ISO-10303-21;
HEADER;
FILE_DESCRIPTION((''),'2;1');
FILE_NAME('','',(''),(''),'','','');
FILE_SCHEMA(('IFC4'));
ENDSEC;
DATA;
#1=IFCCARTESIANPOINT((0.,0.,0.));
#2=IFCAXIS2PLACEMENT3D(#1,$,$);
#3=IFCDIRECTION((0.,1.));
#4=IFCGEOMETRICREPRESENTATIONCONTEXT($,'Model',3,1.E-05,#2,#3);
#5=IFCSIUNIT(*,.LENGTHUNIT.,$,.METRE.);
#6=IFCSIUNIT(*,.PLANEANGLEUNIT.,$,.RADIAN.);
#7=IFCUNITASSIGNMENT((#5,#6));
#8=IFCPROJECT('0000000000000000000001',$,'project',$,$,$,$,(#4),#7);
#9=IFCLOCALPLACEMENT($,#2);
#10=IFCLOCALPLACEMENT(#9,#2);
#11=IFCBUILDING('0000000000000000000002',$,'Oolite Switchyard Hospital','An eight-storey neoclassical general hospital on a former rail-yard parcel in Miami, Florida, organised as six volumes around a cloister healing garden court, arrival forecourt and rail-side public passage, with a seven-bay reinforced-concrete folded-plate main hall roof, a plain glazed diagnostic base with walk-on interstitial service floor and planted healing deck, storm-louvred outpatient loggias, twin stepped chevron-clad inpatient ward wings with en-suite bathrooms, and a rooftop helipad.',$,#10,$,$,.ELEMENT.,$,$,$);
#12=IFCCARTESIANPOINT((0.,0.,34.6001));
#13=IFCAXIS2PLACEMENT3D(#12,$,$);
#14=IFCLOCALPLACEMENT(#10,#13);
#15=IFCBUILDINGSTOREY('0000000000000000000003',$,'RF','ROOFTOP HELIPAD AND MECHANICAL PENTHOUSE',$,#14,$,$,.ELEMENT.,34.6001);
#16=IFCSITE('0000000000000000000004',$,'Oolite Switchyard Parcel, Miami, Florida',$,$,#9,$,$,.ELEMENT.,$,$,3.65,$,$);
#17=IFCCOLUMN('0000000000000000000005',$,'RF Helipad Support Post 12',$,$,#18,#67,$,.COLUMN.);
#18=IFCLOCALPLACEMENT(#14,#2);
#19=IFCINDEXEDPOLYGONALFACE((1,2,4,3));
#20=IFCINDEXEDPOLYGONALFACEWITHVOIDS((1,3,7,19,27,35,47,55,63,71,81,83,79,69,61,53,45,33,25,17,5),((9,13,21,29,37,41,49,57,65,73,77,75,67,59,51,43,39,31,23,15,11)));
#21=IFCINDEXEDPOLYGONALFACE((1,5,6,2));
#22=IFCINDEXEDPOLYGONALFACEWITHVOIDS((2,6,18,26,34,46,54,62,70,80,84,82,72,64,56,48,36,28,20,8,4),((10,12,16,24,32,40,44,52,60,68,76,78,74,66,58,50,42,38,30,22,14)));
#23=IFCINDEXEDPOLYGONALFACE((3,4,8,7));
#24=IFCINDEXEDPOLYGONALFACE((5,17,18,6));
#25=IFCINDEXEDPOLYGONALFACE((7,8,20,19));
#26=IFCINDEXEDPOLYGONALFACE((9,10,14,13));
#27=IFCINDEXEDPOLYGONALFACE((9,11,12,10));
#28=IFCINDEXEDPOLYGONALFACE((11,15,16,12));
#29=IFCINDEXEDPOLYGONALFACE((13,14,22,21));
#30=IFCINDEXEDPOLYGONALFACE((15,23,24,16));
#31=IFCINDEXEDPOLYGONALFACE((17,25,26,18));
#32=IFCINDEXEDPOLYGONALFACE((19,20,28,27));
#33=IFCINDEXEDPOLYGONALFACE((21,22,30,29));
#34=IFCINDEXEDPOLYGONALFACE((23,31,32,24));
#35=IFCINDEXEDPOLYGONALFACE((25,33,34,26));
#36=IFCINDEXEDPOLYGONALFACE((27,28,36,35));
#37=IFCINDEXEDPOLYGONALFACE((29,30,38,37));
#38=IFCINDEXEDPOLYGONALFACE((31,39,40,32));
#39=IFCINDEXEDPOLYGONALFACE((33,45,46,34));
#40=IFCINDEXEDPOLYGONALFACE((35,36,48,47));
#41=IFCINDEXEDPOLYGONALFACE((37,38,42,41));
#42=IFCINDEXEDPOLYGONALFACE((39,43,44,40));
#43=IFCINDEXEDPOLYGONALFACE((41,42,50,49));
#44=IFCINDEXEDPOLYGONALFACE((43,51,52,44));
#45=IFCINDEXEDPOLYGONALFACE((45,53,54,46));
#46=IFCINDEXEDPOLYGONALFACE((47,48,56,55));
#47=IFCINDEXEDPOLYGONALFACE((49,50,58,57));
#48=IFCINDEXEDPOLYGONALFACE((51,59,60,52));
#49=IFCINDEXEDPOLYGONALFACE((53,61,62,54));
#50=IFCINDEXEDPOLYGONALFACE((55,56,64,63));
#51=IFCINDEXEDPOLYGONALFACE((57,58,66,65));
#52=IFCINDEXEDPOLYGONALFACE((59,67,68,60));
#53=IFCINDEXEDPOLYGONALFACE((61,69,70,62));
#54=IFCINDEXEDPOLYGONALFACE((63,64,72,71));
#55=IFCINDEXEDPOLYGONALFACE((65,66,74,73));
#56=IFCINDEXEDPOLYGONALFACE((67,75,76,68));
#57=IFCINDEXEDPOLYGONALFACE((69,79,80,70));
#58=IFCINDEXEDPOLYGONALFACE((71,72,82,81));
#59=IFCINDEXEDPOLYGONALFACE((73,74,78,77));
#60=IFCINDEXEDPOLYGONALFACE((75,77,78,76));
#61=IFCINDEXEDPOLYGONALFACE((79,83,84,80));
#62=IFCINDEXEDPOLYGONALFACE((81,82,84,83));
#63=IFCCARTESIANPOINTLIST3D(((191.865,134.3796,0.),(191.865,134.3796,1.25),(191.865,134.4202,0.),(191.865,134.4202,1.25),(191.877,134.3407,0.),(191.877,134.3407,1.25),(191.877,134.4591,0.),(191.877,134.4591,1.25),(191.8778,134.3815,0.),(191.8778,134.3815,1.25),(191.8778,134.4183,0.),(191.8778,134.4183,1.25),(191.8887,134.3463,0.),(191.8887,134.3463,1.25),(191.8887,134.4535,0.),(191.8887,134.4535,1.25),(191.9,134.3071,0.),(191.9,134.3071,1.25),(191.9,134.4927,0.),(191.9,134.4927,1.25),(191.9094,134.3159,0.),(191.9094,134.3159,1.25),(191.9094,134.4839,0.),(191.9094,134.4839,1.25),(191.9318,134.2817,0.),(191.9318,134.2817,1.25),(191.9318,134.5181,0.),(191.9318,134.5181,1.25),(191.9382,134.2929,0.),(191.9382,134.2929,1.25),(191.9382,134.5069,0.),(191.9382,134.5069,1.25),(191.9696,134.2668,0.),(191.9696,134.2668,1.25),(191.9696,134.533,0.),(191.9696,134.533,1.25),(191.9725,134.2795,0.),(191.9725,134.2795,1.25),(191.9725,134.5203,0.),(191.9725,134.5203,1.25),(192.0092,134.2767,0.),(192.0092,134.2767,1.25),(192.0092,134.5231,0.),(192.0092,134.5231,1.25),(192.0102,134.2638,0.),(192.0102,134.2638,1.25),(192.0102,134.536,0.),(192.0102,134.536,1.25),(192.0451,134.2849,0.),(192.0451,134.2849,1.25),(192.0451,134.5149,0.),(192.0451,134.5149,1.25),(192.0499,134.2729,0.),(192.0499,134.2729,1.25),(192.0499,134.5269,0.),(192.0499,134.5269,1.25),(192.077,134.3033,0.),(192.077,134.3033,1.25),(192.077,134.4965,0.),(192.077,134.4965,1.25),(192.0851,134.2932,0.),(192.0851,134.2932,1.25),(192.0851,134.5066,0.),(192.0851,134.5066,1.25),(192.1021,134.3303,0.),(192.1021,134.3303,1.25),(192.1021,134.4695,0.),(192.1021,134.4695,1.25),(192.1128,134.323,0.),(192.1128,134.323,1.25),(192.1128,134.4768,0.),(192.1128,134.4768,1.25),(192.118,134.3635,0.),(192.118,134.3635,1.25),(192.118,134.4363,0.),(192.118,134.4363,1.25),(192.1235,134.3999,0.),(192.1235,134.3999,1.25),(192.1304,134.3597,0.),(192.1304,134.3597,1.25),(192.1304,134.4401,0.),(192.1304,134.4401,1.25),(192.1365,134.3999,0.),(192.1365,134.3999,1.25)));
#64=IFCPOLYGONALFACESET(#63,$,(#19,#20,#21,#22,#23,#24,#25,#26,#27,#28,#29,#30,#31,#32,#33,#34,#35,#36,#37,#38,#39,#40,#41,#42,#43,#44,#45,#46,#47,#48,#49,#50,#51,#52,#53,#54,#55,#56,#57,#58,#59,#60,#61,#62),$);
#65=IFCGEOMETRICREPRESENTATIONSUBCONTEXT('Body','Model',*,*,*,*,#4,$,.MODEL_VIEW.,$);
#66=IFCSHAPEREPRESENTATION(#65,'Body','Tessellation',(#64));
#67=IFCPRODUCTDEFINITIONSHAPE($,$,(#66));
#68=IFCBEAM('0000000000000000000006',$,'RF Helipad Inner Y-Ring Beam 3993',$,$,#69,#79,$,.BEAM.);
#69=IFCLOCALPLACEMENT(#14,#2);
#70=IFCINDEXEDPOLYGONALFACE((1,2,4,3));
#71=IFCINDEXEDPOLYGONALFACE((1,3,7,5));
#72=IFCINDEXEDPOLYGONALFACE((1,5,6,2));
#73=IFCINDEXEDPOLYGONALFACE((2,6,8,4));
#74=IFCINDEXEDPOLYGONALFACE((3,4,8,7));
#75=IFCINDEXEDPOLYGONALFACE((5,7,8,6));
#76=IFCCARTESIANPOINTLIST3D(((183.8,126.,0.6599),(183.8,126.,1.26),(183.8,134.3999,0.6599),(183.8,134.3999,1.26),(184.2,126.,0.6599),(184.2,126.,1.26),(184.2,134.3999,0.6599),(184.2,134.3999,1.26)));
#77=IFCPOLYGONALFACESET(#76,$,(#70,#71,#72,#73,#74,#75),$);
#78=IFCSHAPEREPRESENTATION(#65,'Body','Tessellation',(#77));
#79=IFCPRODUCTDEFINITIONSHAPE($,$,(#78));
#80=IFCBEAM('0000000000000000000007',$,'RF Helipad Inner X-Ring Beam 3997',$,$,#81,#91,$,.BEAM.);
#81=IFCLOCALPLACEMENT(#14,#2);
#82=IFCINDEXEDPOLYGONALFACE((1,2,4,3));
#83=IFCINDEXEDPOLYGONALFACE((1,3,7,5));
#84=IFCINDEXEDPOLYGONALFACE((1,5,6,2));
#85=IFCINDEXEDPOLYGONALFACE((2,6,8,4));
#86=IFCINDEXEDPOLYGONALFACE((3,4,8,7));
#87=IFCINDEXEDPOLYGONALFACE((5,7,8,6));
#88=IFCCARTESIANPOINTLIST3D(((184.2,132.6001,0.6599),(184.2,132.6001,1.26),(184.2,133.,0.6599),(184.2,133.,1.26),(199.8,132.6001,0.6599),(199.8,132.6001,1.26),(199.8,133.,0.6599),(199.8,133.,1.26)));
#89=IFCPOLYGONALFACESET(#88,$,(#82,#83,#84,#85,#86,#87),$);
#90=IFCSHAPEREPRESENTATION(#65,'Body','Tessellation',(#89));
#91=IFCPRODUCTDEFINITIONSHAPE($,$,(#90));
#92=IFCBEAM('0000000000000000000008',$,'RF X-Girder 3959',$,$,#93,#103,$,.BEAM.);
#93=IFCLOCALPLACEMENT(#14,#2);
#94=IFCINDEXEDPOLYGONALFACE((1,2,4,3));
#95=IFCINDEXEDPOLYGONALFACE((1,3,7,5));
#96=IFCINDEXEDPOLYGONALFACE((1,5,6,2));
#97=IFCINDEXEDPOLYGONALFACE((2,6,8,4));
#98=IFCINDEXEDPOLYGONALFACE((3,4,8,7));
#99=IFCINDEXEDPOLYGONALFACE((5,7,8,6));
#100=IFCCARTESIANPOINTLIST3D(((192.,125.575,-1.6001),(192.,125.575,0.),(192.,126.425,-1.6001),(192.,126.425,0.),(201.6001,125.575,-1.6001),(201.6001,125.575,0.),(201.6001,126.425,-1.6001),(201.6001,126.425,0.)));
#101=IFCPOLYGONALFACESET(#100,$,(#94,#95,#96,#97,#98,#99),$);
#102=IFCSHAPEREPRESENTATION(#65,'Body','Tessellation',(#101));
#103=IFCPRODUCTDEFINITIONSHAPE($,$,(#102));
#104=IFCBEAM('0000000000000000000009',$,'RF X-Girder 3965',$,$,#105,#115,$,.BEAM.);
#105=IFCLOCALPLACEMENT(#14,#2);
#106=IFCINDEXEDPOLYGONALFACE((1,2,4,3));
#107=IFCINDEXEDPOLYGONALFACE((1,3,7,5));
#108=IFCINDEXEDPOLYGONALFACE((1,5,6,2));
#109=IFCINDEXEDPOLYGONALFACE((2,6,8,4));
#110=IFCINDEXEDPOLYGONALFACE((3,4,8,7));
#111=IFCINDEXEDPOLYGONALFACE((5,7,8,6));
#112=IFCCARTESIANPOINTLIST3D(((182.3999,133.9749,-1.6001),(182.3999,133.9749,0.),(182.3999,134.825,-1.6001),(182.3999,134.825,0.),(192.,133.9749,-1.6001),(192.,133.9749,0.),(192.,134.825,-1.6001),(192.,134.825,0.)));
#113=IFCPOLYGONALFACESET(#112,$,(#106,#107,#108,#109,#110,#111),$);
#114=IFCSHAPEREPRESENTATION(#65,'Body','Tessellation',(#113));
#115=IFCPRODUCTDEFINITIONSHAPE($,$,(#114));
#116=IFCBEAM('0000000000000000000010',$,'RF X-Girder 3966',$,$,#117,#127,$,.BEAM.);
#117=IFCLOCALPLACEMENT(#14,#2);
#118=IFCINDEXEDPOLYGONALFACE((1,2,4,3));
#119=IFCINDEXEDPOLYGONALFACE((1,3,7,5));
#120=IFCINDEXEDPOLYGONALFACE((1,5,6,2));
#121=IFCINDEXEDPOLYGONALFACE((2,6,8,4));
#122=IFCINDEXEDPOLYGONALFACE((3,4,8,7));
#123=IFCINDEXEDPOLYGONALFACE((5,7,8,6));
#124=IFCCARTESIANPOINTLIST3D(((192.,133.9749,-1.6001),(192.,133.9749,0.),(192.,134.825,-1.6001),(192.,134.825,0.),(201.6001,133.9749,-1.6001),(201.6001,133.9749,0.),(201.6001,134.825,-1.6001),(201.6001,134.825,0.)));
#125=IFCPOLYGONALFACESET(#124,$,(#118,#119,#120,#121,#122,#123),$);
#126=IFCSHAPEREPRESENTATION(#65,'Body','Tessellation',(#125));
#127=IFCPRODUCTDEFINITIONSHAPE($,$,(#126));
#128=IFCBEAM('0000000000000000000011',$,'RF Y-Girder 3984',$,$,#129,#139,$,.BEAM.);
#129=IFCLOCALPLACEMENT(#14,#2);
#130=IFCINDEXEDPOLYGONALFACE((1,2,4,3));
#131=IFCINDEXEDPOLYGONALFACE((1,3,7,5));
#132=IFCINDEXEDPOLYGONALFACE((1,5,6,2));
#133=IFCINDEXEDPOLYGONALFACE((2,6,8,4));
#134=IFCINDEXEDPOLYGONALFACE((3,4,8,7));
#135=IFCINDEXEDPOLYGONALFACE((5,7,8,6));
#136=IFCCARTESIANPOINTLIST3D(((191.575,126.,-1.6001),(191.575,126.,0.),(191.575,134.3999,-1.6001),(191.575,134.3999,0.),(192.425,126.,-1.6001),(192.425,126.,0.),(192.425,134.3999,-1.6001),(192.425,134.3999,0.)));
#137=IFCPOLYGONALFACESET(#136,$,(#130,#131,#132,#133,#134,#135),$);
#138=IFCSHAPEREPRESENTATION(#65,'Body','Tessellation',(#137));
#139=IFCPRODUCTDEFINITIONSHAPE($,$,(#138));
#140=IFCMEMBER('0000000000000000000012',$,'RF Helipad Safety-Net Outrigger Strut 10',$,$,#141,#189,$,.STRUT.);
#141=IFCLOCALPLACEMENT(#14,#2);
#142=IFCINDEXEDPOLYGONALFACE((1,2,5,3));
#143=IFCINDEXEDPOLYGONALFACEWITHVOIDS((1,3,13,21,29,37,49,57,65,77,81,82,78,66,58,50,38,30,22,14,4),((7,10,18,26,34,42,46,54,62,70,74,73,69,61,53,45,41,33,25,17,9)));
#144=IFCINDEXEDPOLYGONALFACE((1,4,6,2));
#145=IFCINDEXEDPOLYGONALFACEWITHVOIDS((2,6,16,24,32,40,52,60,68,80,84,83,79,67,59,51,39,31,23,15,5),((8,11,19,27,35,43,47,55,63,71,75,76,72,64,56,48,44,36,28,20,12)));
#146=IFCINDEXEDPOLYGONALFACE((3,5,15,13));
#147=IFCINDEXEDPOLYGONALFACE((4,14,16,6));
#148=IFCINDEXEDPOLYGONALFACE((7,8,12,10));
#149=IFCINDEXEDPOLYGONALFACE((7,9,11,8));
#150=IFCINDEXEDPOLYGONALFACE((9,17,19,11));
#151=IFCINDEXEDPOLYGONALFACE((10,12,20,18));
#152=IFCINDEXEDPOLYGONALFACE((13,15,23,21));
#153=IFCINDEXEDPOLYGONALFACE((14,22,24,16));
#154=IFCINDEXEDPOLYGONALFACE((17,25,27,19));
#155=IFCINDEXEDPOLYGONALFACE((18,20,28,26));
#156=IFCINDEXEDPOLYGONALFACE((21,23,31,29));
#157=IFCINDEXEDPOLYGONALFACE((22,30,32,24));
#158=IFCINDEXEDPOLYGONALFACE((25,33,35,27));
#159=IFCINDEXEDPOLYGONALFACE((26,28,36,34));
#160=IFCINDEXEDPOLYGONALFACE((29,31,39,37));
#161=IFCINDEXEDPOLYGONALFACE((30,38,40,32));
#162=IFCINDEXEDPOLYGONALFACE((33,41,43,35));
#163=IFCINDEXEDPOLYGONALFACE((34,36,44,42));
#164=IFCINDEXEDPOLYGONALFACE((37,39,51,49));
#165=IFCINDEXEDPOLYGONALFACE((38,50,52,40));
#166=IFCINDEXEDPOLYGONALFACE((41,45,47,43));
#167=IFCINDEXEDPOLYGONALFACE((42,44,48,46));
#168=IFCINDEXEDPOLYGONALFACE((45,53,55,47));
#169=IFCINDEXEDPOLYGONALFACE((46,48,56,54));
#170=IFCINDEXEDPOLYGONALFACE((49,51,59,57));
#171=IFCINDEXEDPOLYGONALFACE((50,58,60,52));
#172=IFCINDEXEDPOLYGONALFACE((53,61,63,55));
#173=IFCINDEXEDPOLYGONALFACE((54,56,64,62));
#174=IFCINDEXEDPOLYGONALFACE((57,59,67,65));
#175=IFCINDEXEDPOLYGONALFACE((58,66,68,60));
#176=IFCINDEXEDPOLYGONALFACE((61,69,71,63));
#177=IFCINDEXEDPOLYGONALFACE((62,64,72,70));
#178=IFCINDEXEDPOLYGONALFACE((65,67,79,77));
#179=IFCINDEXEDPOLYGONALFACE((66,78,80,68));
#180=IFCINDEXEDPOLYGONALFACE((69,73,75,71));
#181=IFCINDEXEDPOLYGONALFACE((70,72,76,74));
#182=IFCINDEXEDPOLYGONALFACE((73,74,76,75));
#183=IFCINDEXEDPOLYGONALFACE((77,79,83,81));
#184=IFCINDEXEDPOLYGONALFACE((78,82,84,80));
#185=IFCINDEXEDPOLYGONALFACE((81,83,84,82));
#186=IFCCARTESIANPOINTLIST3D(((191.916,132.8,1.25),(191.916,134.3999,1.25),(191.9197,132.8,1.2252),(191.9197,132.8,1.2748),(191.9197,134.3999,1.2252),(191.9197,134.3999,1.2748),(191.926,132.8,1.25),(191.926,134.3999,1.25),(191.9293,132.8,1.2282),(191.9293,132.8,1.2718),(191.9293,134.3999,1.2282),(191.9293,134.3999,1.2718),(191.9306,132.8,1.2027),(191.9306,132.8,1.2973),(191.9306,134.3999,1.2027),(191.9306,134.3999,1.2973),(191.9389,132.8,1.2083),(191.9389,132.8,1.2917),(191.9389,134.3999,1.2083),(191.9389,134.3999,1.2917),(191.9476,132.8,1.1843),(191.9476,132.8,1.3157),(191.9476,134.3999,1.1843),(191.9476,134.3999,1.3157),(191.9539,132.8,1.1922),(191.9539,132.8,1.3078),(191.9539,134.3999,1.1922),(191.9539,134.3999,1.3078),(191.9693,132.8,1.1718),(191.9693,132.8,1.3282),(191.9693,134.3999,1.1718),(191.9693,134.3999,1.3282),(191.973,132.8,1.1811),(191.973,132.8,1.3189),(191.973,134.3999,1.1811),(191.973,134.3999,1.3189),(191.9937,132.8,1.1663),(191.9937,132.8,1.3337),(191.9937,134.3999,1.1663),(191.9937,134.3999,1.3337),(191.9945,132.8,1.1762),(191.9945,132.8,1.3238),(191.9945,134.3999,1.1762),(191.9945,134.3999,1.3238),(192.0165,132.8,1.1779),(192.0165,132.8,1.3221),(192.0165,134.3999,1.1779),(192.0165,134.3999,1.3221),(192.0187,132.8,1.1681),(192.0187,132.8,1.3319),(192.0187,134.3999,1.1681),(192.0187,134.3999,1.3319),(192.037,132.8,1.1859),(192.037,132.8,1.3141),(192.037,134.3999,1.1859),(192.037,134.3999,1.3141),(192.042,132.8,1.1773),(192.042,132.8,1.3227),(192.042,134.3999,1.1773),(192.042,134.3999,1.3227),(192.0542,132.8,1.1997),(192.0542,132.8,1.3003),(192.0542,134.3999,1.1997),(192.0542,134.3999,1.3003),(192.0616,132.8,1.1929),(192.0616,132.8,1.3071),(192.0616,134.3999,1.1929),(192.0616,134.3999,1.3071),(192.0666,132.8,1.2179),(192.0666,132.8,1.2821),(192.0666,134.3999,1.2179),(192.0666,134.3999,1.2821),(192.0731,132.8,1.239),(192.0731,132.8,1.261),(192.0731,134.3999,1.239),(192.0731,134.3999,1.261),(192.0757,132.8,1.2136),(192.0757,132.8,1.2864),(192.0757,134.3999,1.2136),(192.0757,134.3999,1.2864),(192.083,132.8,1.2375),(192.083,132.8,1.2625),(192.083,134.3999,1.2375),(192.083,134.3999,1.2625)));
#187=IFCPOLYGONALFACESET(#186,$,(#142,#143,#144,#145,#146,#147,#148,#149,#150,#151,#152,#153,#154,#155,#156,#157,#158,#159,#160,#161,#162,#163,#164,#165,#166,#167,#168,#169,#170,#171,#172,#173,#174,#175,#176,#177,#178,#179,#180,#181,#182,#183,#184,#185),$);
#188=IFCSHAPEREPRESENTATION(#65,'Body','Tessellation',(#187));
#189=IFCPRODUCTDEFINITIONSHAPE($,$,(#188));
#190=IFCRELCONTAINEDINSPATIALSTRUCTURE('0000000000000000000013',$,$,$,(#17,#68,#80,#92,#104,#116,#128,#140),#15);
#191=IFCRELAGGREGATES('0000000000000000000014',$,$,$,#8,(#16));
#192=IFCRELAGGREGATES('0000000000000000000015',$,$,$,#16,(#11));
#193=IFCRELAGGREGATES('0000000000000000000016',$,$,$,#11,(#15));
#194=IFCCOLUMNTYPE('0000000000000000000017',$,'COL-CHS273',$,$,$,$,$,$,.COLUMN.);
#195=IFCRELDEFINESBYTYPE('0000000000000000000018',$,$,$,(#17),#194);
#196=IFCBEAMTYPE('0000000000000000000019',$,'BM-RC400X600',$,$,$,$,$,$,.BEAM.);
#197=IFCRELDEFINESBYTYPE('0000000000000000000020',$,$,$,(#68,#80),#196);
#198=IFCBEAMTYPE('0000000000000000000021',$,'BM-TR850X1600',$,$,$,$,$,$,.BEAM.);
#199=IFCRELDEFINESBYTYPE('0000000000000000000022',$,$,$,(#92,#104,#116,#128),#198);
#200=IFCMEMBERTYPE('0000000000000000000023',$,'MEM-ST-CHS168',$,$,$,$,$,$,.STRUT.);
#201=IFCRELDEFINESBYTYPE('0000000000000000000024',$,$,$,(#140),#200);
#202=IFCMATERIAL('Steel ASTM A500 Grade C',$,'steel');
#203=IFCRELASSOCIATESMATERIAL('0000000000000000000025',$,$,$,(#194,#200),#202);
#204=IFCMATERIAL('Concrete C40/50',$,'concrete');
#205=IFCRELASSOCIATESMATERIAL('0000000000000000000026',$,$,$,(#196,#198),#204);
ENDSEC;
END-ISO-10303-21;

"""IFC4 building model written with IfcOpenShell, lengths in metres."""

from ifc_helpers import new_model, si_unit, direction, frame, origin, origin_2d, place, context, subcontext, project, spatial, rectangle, hollow_circle, extrude, material, material_profile, profile_set, type_object, element, save


model = new_model("IFC4")

# Units and contexts
model_context = context("Model", 3, precision=1e-05, world=origin(), true_north=direction((0.0, 1.0)))
body_context = subcontext(model_context, "Body", "Model", "MODEL_VIEW")
ifc_project = project(units=[si_unit("LENGTHUNIT", "METRE"), si_unit("PLANEANGLEUNIT", "RADIAN")], contexts=[model_context])

# Site, building, storey
site_placement = place(None, origin())
site = spatial("IfcSite", under=ifc_project, at=site_placement, Name="Oolite Switchyard Parcel, Miami, Florida", CompositionType="ELEMENT", RefElevation=3.65)
building_placement = place(site_placement, origin())
building = spatial("IfcBuilding", under=site, at=building_placement, Name="Oolite Switchyard Hospital", Description="An eight-storey neoclassical general hospital on a former rail-yard parcel in Miami, Florida, organised as six volumes around a cloister healing garden court, arrival forecourt and rail-side public passage, with a seven-bay reinforced-concrete folded-plate main hall roof, a plain glazed diagnostic base with walk-on interstitial service floor and planted healing deck, storm-louvred outpatient loggias, twin stepped chevron-clad inpatient ward wings with en-suite bathrooms, and a rooftop helipad.", CompositionType="ELEMENT")
storey_placement = place(building_placement, frame((0.0, 0.0, 34.6001)))
storey = spatial("IfcBuildingStorey", under=building, at=storey_placement, Name="RF", Description="ROOFTOP HELIPAD AND MECHANICAL PENTHOUSE", CompositionType="ELEMENT", Elevation=34.6001)

# Column
ifc_material_1 = material(Name="Steel ASTM A500 Grade C", Category="steel")
ifc_material_profile_1 = material_profile(ifc_material_1, hollow_circle(Radius=0.1365, WallThickness=0.0129, at=origin_2d()), Name="HSS273X13")
ifc_profile_set_1 = profile_set([ifc_material_profile_1], Name="Steel ASTM A500 Grade C")
column_type = type_object("IfcColumnType", Name="COL-CHS273", PredefinedType="COLUMN", material=ifc_profile_set_1)
for number, where, z_axis, x_axis, name in (
    (1, (192.0, 134.3999, 0.0), (0.0, 0.0, 1.0), (1.0, 0.0, 0.0), "RF Helipad Support Post 12"),
):
    element("IfcColumn", number, at=place(storey_placement, frame(where, z_axis=z_axis, x_axis=x_axis)), inside=storey, type_object=column_type, Name=name, PredefinedType="COLUMN", context=body_context, shape_type="SweptSolid", body=[
        extrude(hollow_circle(Radius=0.1365, WallThickness=0.0129, at=origin_2d()), origin(), (0.0, 0.0, 1.0), 1.25),
    ])

# Beams
ifc_material_2 = material(Name="Concrete C40/50", Category="concrete")
ifc_material_profile_2 = material_profile(ifc_material_2, rectangle(XDim=0.3999, YDim=0.6001, at=origin_2d()), Name="RCB400X600")
ifc_profile_set_2 = profile_set([ifc_material_profile_2], Name="Concrete C40/50")
beam_type_1 = type_object("IfcBeamType", Name="BM-RC400X600", PredefinedType="BEAM", material=ifc_profile_set_2)
beam_1_placement = place(storey_placement, frame((184.0, 126.0, 0.96), z_axis=(0.0, 1.0, 0.0), x_axis=(-1.0, 0.0, 0.0)))
element("IfcBeam", 2, at=beam_1_placement, inside=storey, type_object=beam_type_1, Name="RF Helipad Inner Y-Ring Beam 3993", PredefinedType="BEAM", context=body_context, shape_type="SweptSolid", body=[
    extrude(rectangle(XDim=0.3999, YDim=0.6001, at=origin_2d()), origin(), (0.0, 0.0, 1.0), 8.3999),
])
beam_2_placement = place(storey_placement, frame((184.2, 132.8, 0.96), z_axis=(1.0, 0.0, 0.0), x_axis=(0.0, 1.0, 0.0)))
element("IfcBeam", 3, at=beam_2_placement, inside=storey, type_object=beam_type_1, Name="RF Helipad Inner X-Ring Beam 3997", PredefinedType="BEAM", context=body_context, shape_type="SweptSolid", body=[
    extrude(rectangle(XDim=0.3999, YDim=0.6001, at=origin_2d()), origin(), (0.0, 0.0, 1.0), 15.6001),
])
ifc_material_profile_3 = material_profile(ifc_material_2, rectangle(XDim=0.8501, YDim=1.6001, at=origin_2d()), Name="RCT850X1600")
ifc_profile_set_3 = profile_set([ifc_material_profile_3], Name="Concrete C40/50")
beam_type_2 = type_object("IfcBeamType", Name="BM-TR850X1600", PredefinedType="BEAM", material=ifc_profile_set_3)
for number, where, z_axis, x_axis, name in (
    (4, (192.0, 126.0, -0.8), (1.0, 0.0, 0.0), (0.0, 1.0, 0.0), "RF X-Girder 3959"),
    (5, (182.3999, 134.3999, -0.8), (1.0, 0.0, 0.0), (0.0, 1.0, 0.0), "RF X-Girder 3965"),
    (6, (192.0, 134.3999, -0.8), (1.0, 0.0, 0.0), (0.0, 1.0, 0.0), "RF X-Girder 3966"),
):
    element("IfcBeam", number, at=place(storey_placement, frame(where, z_axis=z_axis, x_axis=x_axis)), inside=storey, type_object=beam_type_2, Name=name, PredefinedType="BEAM", context=body_context, shape_type="SweptSolid", body=[
        extrude(rectangle(XDim=0.8501, YDim=1.6001, at=origin_2d()), origin(), (0.0, 0.0, 1.0), 9.6001),
    ])
beam_3_placement = place(storey_placement, frame((192.0, 126.0, -0.8), z_axis=(0.0, 1.0, 0.0), x_axis=(-1.0, 0.0, 0.0)))
element("IfcBeam", 7, at=beam_3_placement, inside=storey, type_object=beam_type_2, Name="RF Y-Girder 3984", PredefinedType="BEAM", context=body_context, shape_type="SweptSolid", body=[
    extrude(rectangle(XDim=0.8501, YDim=1.6001, at=origin_2d()), origin(), (0.0, 0.0, 1.0), 8.3999),
])

# Member
ifc_material_profile_4 = material_profile(ifc_material_1, hollow_circle(Radius=0.084, WallThickness=0.01, at=origin_2d()), Name="HSS168X10")
ifc_profile_set_4 = profile_set([ifc_material_profile_4], Name="Steel ASTM A500 Grade C")
member_type_1 = type_object("IfcMemberType", Name="MEM-ST-CHS168", PredefinedType="STRUT", material=ifc_profile_set_4)
member_1_placement = place(storey_placement, frame((192.0, 132.8, 1.25), z_axis=(0.0, 1.0, 0.0), x_axis=(-1.0, 0.0, 0.0)))
element("IfcMember", 8, at=member_1_placement, inside=storey, type_object=member_type_1, Name="RF Helipad Safety-Net Outrigger Strut 10", PredefinedType="STRUT", context=body_context, shape_type="SweptSolid", body=[
    extrude(hollow_circle(Radius=0.084, WallThickness=0.01, at=origin_2d()), origin(), (0.0, 0.0, 1.0), 1.5999),
])

save(model, "model.ifc")
